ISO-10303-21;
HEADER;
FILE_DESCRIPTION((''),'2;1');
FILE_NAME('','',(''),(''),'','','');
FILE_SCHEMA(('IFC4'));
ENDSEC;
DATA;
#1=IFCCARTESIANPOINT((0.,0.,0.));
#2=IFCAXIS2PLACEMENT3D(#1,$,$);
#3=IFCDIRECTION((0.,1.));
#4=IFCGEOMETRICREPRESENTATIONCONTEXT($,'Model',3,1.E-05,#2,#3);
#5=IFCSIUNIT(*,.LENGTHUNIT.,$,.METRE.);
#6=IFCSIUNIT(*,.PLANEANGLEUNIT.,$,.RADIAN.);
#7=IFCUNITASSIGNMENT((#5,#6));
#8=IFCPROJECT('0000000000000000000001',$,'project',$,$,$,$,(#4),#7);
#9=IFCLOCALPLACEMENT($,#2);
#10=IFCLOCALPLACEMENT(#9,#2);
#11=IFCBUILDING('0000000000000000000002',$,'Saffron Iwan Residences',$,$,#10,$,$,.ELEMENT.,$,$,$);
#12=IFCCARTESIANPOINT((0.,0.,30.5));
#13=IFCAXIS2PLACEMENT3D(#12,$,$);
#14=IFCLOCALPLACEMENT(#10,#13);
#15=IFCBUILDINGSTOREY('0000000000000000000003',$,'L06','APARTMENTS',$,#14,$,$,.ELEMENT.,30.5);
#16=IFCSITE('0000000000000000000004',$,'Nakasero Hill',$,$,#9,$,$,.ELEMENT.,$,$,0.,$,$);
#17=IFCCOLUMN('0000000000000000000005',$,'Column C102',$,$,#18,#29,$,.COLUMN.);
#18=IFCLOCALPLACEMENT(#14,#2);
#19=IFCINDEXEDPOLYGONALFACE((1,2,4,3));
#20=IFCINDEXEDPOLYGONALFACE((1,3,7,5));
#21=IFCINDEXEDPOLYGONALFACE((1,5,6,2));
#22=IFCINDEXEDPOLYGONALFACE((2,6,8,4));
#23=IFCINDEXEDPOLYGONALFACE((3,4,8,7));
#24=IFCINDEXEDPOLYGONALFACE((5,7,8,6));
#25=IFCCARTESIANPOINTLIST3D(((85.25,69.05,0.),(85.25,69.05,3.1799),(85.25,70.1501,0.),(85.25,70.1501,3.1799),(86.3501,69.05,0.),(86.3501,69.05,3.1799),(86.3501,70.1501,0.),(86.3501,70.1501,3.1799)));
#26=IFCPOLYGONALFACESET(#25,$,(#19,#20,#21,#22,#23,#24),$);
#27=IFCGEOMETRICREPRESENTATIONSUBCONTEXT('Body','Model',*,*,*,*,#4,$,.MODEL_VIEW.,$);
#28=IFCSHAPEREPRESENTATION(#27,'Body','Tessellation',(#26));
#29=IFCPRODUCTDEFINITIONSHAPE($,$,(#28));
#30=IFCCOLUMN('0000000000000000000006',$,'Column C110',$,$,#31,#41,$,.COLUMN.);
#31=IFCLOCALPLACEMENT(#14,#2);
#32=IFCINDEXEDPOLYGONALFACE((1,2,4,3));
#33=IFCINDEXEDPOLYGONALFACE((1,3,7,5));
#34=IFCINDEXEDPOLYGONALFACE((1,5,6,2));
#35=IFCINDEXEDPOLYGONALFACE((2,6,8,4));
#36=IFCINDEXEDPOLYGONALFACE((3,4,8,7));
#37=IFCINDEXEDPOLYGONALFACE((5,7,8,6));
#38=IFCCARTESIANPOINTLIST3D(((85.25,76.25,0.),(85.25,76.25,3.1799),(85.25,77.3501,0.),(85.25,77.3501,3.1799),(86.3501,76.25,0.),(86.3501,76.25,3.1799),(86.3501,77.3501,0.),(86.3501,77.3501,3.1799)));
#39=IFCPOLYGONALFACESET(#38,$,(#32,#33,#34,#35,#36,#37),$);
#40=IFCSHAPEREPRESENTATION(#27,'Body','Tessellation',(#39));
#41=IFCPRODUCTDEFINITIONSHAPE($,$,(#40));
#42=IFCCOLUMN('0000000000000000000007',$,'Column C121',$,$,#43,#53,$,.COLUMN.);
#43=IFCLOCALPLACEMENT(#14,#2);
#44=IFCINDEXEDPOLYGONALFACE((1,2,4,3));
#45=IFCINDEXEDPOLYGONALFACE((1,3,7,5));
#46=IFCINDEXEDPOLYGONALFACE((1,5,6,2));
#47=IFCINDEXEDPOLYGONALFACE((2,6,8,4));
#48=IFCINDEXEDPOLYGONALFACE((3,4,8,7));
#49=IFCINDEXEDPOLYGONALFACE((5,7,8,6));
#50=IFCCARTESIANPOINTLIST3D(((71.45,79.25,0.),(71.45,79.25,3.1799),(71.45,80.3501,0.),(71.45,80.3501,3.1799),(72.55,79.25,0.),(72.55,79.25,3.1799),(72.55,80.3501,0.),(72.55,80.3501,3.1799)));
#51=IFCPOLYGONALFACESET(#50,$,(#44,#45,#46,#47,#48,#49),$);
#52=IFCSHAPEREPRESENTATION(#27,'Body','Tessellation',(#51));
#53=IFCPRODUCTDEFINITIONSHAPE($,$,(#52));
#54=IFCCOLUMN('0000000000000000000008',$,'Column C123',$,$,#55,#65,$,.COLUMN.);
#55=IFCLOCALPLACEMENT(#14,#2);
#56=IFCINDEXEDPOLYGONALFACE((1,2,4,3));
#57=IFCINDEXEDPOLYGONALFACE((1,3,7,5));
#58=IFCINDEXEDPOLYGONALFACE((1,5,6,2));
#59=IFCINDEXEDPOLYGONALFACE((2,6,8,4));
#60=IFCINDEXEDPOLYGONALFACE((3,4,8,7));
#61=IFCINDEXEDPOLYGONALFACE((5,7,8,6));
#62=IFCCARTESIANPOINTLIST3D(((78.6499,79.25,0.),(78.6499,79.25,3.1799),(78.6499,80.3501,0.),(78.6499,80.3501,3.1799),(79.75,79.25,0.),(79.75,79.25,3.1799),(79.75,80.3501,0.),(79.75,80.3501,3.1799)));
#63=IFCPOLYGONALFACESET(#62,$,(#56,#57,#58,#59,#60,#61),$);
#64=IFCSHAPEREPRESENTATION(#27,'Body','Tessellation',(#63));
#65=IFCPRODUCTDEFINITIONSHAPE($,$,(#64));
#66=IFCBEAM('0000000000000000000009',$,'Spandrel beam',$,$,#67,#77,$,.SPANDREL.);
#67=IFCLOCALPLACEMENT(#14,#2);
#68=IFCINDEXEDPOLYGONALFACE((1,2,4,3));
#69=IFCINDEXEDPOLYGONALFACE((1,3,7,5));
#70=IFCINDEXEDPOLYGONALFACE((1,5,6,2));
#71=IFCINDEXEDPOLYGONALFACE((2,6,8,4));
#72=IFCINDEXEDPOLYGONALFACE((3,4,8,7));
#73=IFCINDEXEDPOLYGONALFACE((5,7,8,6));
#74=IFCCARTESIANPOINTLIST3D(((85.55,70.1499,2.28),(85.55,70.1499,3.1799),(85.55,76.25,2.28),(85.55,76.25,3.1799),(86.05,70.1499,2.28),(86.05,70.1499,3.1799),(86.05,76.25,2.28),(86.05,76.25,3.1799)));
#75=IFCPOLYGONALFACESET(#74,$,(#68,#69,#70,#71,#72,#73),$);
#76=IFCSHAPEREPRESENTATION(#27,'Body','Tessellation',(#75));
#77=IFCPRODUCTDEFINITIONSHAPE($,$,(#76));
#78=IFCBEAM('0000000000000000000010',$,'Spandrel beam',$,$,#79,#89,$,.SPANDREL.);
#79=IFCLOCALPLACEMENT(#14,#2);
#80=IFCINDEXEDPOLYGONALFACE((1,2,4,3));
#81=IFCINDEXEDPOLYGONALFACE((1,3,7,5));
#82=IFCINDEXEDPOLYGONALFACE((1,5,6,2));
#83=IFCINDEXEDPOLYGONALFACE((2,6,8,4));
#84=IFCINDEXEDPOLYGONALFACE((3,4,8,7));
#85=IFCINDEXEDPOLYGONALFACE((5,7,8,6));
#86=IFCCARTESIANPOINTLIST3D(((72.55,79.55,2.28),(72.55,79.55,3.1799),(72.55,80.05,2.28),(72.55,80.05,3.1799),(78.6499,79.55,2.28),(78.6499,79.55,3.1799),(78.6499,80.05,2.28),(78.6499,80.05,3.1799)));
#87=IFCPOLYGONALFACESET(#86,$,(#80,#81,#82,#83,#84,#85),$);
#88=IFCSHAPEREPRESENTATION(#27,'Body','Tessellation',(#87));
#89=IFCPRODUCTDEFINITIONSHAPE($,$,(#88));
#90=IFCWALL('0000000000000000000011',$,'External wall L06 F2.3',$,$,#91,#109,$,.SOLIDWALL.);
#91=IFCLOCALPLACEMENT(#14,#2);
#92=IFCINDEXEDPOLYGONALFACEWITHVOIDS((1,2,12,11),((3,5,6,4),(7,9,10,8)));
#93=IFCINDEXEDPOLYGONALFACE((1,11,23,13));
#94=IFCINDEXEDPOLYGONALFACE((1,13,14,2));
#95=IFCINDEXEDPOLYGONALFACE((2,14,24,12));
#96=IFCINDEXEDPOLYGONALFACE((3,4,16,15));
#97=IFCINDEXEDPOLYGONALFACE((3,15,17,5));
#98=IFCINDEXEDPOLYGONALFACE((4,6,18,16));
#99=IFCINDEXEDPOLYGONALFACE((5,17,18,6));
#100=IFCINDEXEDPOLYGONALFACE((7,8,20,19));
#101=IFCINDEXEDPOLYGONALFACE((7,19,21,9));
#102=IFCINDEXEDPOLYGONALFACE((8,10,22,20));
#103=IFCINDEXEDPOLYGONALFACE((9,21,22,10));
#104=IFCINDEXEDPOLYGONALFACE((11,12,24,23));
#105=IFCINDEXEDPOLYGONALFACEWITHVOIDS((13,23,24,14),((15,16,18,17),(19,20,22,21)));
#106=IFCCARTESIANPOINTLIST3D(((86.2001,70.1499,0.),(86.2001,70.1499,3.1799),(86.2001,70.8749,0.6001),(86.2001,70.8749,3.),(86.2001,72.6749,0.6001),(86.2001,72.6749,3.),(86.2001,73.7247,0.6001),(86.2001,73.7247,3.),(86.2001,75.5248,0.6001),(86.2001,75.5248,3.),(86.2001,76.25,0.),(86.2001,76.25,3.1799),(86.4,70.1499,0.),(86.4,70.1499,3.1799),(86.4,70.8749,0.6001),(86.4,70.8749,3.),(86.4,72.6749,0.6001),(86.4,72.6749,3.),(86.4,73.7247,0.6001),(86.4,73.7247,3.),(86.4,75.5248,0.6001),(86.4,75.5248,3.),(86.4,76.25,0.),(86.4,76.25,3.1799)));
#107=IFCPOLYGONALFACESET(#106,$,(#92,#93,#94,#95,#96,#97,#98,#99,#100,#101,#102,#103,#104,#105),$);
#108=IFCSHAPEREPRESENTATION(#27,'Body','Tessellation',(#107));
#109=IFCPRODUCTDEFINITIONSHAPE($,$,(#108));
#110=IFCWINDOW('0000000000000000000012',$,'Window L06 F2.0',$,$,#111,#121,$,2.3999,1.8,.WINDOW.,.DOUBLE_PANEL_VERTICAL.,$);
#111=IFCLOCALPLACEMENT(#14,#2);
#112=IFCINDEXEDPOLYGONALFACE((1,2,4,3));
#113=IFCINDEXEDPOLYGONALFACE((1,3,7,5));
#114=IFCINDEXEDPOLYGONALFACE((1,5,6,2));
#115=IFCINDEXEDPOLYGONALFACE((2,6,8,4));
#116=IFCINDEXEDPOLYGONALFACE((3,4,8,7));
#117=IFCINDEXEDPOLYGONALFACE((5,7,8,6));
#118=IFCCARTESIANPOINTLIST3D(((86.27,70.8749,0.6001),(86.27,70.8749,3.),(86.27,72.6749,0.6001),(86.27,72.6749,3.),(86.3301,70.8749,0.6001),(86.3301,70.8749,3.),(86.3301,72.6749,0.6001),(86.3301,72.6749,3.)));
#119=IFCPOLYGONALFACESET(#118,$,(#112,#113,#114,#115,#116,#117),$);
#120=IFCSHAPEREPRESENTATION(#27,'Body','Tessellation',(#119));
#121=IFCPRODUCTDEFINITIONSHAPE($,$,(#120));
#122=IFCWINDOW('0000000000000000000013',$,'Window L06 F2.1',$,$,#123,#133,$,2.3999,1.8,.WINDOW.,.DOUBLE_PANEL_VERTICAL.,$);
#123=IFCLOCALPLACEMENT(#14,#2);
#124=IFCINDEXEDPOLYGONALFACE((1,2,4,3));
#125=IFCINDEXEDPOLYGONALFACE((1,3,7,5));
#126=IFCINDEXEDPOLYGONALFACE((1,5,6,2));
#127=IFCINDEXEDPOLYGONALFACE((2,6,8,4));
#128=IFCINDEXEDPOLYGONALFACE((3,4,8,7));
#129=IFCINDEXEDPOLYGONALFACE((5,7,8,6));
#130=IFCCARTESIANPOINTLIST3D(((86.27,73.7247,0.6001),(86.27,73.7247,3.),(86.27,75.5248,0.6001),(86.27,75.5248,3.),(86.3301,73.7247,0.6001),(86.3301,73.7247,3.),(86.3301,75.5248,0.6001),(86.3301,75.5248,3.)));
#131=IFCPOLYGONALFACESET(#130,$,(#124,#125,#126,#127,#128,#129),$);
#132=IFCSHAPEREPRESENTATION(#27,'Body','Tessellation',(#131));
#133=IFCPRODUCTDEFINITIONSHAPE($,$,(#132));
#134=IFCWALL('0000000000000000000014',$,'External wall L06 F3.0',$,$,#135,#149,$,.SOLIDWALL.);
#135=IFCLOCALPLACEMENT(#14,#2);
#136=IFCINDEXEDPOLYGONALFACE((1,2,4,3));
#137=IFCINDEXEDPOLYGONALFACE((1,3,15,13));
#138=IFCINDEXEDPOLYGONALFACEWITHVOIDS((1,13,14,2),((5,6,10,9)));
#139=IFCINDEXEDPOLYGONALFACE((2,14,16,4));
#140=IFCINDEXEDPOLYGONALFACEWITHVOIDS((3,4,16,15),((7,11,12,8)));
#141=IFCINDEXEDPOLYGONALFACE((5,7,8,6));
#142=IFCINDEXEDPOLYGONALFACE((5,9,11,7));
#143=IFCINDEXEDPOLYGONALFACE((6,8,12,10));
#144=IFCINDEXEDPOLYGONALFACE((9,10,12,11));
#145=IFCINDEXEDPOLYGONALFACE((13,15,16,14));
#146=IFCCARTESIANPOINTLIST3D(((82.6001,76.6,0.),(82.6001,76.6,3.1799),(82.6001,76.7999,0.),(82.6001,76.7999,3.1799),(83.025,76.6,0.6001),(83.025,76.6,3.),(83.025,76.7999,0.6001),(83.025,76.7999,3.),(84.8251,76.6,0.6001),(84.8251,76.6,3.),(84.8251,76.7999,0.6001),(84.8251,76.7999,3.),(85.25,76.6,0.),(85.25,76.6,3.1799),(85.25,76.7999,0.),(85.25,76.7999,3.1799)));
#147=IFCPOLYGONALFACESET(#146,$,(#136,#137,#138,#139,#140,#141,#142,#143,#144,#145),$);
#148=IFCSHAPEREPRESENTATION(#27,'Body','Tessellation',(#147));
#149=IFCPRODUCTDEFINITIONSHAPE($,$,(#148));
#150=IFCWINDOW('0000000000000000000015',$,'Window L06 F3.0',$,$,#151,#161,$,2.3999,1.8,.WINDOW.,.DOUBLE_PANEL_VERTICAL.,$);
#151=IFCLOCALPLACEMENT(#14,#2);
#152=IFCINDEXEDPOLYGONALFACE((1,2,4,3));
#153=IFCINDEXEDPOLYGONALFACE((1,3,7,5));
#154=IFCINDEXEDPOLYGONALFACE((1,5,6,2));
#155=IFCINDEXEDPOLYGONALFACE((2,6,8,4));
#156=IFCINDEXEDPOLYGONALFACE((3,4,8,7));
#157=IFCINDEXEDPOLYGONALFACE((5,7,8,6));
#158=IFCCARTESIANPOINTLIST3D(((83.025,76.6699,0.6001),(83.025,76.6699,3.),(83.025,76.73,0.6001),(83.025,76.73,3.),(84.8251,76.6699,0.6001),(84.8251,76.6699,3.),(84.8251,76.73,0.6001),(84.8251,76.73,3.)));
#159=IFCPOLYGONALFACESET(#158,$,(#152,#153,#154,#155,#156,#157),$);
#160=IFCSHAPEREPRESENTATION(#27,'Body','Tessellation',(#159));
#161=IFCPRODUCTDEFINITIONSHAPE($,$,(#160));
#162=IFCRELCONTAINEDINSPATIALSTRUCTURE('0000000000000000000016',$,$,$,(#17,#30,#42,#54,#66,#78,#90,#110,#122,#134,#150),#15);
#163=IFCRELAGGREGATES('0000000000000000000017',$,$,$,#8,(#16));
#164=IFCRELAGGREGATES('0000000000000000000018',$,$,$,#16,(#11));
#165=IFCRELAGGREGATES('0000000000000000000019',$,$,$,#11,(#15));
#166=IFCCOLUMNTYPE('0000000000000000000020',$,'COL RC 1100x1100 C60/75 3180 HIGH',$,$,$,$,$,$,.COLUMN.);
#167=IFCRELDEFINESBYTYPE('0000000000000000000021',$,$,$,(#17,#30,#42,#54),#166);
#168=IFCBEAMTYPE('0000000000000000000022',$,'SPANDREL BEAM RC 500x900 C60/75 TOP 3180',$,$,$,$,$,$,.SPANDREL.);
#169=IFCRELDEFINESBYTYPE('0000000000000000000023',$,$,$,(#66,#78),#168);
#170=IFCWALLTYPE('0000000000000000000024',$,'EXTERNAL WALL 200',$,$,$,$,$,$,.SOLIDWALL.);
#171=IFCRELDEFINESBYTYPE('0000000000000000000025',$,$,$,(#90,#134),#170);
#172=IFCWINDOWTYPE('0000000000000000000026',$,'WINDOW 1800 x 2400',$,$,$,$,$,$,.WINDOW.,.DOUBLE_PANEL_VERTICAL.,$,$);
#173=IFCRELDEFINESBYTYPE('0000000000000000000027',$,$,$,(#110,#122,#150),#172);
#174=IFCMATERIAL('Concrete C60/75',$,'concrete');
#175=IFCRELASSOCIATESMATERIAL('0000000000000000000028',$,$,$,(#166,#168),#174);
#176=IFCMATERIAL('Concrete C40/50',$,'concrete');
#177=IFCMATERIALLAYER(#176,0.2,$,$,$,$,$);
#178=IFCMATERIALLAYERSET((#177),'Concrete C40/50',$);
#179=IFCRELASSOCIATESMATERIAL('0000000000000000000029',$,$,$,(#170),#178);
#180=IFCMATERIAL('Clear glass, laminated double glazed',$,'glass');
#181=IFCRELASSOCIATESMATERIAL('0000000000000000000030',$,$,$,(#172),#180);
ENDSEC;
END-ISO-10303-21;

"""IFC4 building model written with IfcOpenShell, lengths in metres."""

from ifc_helpers import new_model, si_unit, direction, frame, frame_2d, origin, origin_2d, place, context, subcontext, project, spatial, rectangle, extrude, source, transform, mapped, material, layer, layer_set, material_profile, profile_set, type_object, element, fill, save


model = new_model("IFC4")

# Units and contexts
model_context = context("Model", 3, precision=1e-05, world=origin(), true_north=direction((0.0, 1.0)))
body_context = subcontext(model_context, "Body", "Model", "MODEL_VIEW")
ifc_project = project(units=[si_unit("LENGTHUNIT", "METRE"), si_unit("PLANEANGLEUNIT", "RADIAN")], contexts=[model_context])

# Site, building, storey
site_placement = place(None, origin())
site = spatial("IfcSite", under=ifc_project, at=site_placement, Name="Nakasero Hill", CompositionType="ELEMENT", RefElevation=0.0)
building_placement = place(site_placement, origin())
building = spatial("IfcBuilding", under=site, at=building_placement, Name="Saffron Iwan Residences", CompositionType="ELEMENT")
storey_placement = place(building_placement, frame((0.0, 0.0, 30.5)))
storey = spatial("IfcBuildingStorey", under=building, at=storey_placement, Name="L06", Description="APARTMENTS", CompositionType="ELEMENT", Elevation=30.5)

# Columns
ifc_material_1 = material(Name="Concrete C60/75", Category="concrete")
ifc_material_profile_1 = material_profile(ifc_material_1, rectangle(XDim=1.1001, YDim=1.1001, at=origin_2d()), Name="RC 1100x1100")
ifc_profile_set_1 = profile_set([ifc_material_profile_1], Name="Concrete C60/75")
column_type = type_object("IfcColumnType", Name="COL RC 1100x1100 C60/75 3180 HIGH", PredefinedType="COLUMN", material=ifc_profile_set_1)
shared_shape_1 = source(origin(), body_context, "Body", "SweptSolid", [
    extrude(rectangle(XDim=1.1001, YDim=1.1001, at=origin_2d()), origin(), (0.0, 0.0, 1.0), 3.1799),
])
for number, where, z_axis, x_axis, name in (
    (1, (85.8, 69.6001, 0.0), (0.0, 0.0, 1.0), (1.0, 0.0, 0.0), "Column C102"),
    (2, (85.8, 76.8, 0.0), (0.0, 0.0, 1.0), (1.0, 0.0, 0.0), "Column C110"),
    (3, (72.0, 79.8, 0.0), (0.0, 0.0, 1.0), (1.0, 0.0, 0.0), "Column C121"),
    (4, (79.2, 79.8, 0.0), (0.0, 0.0, 1.0), (1.0, 0.0, 0.0), "Column C123"),
):
    element("IfcColumn", number, at=place(storey_placement, frame(where, z_axis=z_axis, x_axis=x_axis)), inside=storey, type_object=column_type, Name=name, PredefinedType="COLUMN", context=body_context, shape_type="MappedRepresentation", body=[
        mapped(shared_shape_1, transform((0.0, 0.0, 0.0))),
    ])

# Beams
ifc_material_profile_2 = material_profile(ifc_material_1, rectangle(XDim=0.5, YDim=0.8999, at=origin_2d()), Name="RC 500x900")
ifc_profile_set_2 = profile_set([ifc_material_profile_2], Name="Concrete C60/75")
beam_type = type_object("IfcBeamType", Name="SPANDREL BEAM RC 500x900 C60/75 TOP 3180", PredefinedType="SPANDREL", material=ifc_profile_set_2)
shared_shape_2 = source(origin(), body_context, "Body", "SweptSolid", [
    extrude(rectangle(XDim=0.5, YDim=0.8999, at=origin_2d()), origin(), (0.0, 0.0, 1.0), 6.1001),
])
beam_1_placement = place(storey_placement, frame((85.8, 76.25, 2.73), z_axis=(0.0, -1.0, 0.0), x_axis=(1.0, 0.0, 0.0)))
element("IfcBeam", 5, at=beam_1_placement, inside=storey, type_object=beam_type, Name="Spandrel beam", PredefinedType="SPANDREL", context=body_context, shape_type="MappedRepresentation", body=[
    mapped(shared_shape_2, transform((0.0, 0.0, 0.0))),
])
shared_shape_3 = source(origin(), body_context, "Body", "SweptSolid", [
    extrude(rectangle(XDim=0.5, YDim=0.8999, at=origin_2d()), origin(), (0.0, 0.0, 1.0), 6.0999),
])
beam_2_placement = place(storey_placement, frame((72.55, 79.8, 2.73), z_axis=(1.0, 0.0, 0.0), x_axis=(0.0, 1.0, 0.0)))
element("IfcBeam", 6, at=beam_2_placement, inside=storey, type_object=beam_type, Name="Spandrel beam", PredefinedType="SPANDREL", context=body_context, shape_type="MappedRepresentation", body=[
    mapped(shared_shape_3, transform((0.0, 0.0, 0.0))),
])

# Wall, openings, windows
ifc_material_2 = material(Name="Concrete C40/50", Category="concrete")
ifc_layer_1 = layer(ifc_material_2, 0.2)
ifc_layer_set_1 = layer_set([ifc_layer_1], Name="Concrete C40/50")
wall_type_1 = type_object("IfcWallType", Name="EXTERNAL WALL 200", PredefinedType="SOLIDWALL", material=ifc_layer_set_1)
wall_1_placement = place(storey_placement, frame((86.3, 70.1499, 0.0), z_axis=(0.0, 0.0, 1.0), x_axis=(0.0, 1.0, 0.0)))
wall_1 = element("IfcWall", 7, at=wall_1_placement, inside=storey, type_object=wall_type_1, Name="External wall L06 F2.3", PredefinedType="SOLIDWALL", context=body_context, shape_type="SweptSolid", body=[
    extrude(rectangle(XDim=6.1001, YDim=0.2, at=frame_2d((3.05, 0.0))), origin(), (0.0, 0.0, 1.0), 3.1799),
])
opening_1_placement = place(wall_1_placement, frame((0.7251, 0.0, 0.6001)))
opening_1 = element("IfcOpeningElement", 8, at=opening_1_placement, cuts=wall_1, PredefinedType="OPENING", context=body_context, shape_type="SweptSolid", body=[
    extrude(rectangle(XDim=1.8, YDim=2.3999, at=frame_2d((0.8999, 1.2))), frame((0.0, 0.1099, 0.0), z_axis=(0.0, -1.0, 0.0), x_axis=(1.0, 0.0, 0.0)), (0.0, 0.0, 1.0), 0.22),
])
opening_2_placement = place(wall_1_placement, frame((3.575, 0.0, 0.6001)))
opening_2 = element("IfcOpeningElement", 9, at=opening_2_placement, cuts=wall_1, PredefinedType="OPENING", context=body_context, shape_type="SweptSolid", body=[
    extrude(rectangle(XDim=1.8, YDim=2.3999, at=frame_2d((0.8999, 1.2))), frame((0.0, 0.1099, 0.0), z_axis=(0.0, -1.0, 0.0), x_axis=(1.0, 0.0, 0.0)), (0.0, 0.0, 1.0), 0.22),
])
ifc_material_3 = material(Name="Clear glass, laminated double glazed", Category="glass")
window_type_1 = type_object("IfcWindowType", Name="WINDOW 1800 x 2400", PartitioningType="DOUBLE_PANEL_VERTICAL", PredefinedType="WINDOW", material=ifc_material_3)
window_1_placement = place(opening_1_placement, origin())
window_1 = element("IfcWindow", 10, at=window_1_placement, inside=storey, type_object=window_type_1, Name="Window L06 F2.0", OverallHeight=2.3999, OverallWidth=1.8, PartitioningType="DOUBLE_PANEL_VERTICAL", PredefinedType="WINDOW", context=body_context, shape_type="SweptSolid", body=[
    extrude(rectangle(XDim=1.8, YDim=2.3999, at=frame_2d((0.8999, 1.2))), frame((0.0, 0.03, 0.0), z_axis=(0.0, -1.0, 0.0), x_axis=(1.0, 0.0, 0.0)), (0.0, 0.0, 1.0), 0.0601),
])
fill(opening_1, window_1)
window_2_placement = place(opening_2_placement, origin())
window_2 = element("IfcWindow", 11, at=window_2_placement, inside=storey, type_object=window_type_1, Name="Window L06 F2.1", OverallHeight=2.3999, OverallWidth=1.8, PartitioningType="DOUBLE_PANEL_VERTICAL", PredefinedType="WINDOW", context=body_context, shape_type="SweptSolid", body=[
    extrude(rectangle(XDim=1.8, YDim=2.3999, at=frame_2d((0.8999, 1.2))), frame((0.0, 0.03, 0.0), z_axis=(0.0, -1.0, 0.0), x_axis=(1.0, 0.0, 0.0)), (0.0, 0.0, 1.0), 0.0601),
])
fill(opening_2, window_2)

# Wall, opening, window
wall_2_placement = place(storey_placement, frame((85.25, 76.7, 0.0), z_axis=(0.0, 0.0, 1.0), x_axis=(-1.0, 0.0, 0.0)))
wall_2 = element("IfcWall", 12, at=wall_2_placement, inside=storey, type_object=wall_type_1, Name="External wall L06 F3.0", PredefinedType="SOLIDWALL", context=body_context, shape_type="SweptSolid", body=[
    extrude(rectangle(XDim=2.6499, YDim=0.2, at=frame_2d((1.325, 0.0))), origin(), (0.0, 0.0, 1.0), 3.1799),
])
opening_3_placement = place(wall_2_placement, frame((0.425, 0.0, 0.6001)))
opening_3 = element("IfcOpeningElement", 13, at=opening_3_placement, cuts=wall_2, PredefinedType="OPENING", context=body_context, shape_type="SweptSolid", body=[
    extrude(rectangle(XDim=1.8, YDim=2.3999, at=frame_2d((0.8999, 1.2))), frame((0.0, 0.1099, 0.0), z_axis=(0.0, -1.0, 0.0), x_axis=(1.0, 0.0, 0.0)), (0.0, 0.0, 1.0), 0.22),
])
window_3_placement = place(opening_3_placement, origin())
window_3 = element("IfcWindow", 14, at=window_3_placement, inside=storey, type_object=window_type_1, Name="Window L06 F3.0", OverallHeight=2.3999, OverallWidth=1.8, PartitioningType="DOUBLE_PANEL_VERTICAL", PredefinedType="WINDOW", context=body_context, shape_type="SweptSolid", body=[
    extrude(rectangle(XDim=1.8, YDim=2.3999, at=frame_2d((0.8999, 1.2))), frame((0.0, 0.03, 0.0), z_axis=(0.0, -1.0, 0.0), x_axis=(1.0, 0.0, 0.0)), (0.0, 0.0, 1.0), 0.0601),
])
fill(opening_3, window_3)

save(model, "model.ifc")
